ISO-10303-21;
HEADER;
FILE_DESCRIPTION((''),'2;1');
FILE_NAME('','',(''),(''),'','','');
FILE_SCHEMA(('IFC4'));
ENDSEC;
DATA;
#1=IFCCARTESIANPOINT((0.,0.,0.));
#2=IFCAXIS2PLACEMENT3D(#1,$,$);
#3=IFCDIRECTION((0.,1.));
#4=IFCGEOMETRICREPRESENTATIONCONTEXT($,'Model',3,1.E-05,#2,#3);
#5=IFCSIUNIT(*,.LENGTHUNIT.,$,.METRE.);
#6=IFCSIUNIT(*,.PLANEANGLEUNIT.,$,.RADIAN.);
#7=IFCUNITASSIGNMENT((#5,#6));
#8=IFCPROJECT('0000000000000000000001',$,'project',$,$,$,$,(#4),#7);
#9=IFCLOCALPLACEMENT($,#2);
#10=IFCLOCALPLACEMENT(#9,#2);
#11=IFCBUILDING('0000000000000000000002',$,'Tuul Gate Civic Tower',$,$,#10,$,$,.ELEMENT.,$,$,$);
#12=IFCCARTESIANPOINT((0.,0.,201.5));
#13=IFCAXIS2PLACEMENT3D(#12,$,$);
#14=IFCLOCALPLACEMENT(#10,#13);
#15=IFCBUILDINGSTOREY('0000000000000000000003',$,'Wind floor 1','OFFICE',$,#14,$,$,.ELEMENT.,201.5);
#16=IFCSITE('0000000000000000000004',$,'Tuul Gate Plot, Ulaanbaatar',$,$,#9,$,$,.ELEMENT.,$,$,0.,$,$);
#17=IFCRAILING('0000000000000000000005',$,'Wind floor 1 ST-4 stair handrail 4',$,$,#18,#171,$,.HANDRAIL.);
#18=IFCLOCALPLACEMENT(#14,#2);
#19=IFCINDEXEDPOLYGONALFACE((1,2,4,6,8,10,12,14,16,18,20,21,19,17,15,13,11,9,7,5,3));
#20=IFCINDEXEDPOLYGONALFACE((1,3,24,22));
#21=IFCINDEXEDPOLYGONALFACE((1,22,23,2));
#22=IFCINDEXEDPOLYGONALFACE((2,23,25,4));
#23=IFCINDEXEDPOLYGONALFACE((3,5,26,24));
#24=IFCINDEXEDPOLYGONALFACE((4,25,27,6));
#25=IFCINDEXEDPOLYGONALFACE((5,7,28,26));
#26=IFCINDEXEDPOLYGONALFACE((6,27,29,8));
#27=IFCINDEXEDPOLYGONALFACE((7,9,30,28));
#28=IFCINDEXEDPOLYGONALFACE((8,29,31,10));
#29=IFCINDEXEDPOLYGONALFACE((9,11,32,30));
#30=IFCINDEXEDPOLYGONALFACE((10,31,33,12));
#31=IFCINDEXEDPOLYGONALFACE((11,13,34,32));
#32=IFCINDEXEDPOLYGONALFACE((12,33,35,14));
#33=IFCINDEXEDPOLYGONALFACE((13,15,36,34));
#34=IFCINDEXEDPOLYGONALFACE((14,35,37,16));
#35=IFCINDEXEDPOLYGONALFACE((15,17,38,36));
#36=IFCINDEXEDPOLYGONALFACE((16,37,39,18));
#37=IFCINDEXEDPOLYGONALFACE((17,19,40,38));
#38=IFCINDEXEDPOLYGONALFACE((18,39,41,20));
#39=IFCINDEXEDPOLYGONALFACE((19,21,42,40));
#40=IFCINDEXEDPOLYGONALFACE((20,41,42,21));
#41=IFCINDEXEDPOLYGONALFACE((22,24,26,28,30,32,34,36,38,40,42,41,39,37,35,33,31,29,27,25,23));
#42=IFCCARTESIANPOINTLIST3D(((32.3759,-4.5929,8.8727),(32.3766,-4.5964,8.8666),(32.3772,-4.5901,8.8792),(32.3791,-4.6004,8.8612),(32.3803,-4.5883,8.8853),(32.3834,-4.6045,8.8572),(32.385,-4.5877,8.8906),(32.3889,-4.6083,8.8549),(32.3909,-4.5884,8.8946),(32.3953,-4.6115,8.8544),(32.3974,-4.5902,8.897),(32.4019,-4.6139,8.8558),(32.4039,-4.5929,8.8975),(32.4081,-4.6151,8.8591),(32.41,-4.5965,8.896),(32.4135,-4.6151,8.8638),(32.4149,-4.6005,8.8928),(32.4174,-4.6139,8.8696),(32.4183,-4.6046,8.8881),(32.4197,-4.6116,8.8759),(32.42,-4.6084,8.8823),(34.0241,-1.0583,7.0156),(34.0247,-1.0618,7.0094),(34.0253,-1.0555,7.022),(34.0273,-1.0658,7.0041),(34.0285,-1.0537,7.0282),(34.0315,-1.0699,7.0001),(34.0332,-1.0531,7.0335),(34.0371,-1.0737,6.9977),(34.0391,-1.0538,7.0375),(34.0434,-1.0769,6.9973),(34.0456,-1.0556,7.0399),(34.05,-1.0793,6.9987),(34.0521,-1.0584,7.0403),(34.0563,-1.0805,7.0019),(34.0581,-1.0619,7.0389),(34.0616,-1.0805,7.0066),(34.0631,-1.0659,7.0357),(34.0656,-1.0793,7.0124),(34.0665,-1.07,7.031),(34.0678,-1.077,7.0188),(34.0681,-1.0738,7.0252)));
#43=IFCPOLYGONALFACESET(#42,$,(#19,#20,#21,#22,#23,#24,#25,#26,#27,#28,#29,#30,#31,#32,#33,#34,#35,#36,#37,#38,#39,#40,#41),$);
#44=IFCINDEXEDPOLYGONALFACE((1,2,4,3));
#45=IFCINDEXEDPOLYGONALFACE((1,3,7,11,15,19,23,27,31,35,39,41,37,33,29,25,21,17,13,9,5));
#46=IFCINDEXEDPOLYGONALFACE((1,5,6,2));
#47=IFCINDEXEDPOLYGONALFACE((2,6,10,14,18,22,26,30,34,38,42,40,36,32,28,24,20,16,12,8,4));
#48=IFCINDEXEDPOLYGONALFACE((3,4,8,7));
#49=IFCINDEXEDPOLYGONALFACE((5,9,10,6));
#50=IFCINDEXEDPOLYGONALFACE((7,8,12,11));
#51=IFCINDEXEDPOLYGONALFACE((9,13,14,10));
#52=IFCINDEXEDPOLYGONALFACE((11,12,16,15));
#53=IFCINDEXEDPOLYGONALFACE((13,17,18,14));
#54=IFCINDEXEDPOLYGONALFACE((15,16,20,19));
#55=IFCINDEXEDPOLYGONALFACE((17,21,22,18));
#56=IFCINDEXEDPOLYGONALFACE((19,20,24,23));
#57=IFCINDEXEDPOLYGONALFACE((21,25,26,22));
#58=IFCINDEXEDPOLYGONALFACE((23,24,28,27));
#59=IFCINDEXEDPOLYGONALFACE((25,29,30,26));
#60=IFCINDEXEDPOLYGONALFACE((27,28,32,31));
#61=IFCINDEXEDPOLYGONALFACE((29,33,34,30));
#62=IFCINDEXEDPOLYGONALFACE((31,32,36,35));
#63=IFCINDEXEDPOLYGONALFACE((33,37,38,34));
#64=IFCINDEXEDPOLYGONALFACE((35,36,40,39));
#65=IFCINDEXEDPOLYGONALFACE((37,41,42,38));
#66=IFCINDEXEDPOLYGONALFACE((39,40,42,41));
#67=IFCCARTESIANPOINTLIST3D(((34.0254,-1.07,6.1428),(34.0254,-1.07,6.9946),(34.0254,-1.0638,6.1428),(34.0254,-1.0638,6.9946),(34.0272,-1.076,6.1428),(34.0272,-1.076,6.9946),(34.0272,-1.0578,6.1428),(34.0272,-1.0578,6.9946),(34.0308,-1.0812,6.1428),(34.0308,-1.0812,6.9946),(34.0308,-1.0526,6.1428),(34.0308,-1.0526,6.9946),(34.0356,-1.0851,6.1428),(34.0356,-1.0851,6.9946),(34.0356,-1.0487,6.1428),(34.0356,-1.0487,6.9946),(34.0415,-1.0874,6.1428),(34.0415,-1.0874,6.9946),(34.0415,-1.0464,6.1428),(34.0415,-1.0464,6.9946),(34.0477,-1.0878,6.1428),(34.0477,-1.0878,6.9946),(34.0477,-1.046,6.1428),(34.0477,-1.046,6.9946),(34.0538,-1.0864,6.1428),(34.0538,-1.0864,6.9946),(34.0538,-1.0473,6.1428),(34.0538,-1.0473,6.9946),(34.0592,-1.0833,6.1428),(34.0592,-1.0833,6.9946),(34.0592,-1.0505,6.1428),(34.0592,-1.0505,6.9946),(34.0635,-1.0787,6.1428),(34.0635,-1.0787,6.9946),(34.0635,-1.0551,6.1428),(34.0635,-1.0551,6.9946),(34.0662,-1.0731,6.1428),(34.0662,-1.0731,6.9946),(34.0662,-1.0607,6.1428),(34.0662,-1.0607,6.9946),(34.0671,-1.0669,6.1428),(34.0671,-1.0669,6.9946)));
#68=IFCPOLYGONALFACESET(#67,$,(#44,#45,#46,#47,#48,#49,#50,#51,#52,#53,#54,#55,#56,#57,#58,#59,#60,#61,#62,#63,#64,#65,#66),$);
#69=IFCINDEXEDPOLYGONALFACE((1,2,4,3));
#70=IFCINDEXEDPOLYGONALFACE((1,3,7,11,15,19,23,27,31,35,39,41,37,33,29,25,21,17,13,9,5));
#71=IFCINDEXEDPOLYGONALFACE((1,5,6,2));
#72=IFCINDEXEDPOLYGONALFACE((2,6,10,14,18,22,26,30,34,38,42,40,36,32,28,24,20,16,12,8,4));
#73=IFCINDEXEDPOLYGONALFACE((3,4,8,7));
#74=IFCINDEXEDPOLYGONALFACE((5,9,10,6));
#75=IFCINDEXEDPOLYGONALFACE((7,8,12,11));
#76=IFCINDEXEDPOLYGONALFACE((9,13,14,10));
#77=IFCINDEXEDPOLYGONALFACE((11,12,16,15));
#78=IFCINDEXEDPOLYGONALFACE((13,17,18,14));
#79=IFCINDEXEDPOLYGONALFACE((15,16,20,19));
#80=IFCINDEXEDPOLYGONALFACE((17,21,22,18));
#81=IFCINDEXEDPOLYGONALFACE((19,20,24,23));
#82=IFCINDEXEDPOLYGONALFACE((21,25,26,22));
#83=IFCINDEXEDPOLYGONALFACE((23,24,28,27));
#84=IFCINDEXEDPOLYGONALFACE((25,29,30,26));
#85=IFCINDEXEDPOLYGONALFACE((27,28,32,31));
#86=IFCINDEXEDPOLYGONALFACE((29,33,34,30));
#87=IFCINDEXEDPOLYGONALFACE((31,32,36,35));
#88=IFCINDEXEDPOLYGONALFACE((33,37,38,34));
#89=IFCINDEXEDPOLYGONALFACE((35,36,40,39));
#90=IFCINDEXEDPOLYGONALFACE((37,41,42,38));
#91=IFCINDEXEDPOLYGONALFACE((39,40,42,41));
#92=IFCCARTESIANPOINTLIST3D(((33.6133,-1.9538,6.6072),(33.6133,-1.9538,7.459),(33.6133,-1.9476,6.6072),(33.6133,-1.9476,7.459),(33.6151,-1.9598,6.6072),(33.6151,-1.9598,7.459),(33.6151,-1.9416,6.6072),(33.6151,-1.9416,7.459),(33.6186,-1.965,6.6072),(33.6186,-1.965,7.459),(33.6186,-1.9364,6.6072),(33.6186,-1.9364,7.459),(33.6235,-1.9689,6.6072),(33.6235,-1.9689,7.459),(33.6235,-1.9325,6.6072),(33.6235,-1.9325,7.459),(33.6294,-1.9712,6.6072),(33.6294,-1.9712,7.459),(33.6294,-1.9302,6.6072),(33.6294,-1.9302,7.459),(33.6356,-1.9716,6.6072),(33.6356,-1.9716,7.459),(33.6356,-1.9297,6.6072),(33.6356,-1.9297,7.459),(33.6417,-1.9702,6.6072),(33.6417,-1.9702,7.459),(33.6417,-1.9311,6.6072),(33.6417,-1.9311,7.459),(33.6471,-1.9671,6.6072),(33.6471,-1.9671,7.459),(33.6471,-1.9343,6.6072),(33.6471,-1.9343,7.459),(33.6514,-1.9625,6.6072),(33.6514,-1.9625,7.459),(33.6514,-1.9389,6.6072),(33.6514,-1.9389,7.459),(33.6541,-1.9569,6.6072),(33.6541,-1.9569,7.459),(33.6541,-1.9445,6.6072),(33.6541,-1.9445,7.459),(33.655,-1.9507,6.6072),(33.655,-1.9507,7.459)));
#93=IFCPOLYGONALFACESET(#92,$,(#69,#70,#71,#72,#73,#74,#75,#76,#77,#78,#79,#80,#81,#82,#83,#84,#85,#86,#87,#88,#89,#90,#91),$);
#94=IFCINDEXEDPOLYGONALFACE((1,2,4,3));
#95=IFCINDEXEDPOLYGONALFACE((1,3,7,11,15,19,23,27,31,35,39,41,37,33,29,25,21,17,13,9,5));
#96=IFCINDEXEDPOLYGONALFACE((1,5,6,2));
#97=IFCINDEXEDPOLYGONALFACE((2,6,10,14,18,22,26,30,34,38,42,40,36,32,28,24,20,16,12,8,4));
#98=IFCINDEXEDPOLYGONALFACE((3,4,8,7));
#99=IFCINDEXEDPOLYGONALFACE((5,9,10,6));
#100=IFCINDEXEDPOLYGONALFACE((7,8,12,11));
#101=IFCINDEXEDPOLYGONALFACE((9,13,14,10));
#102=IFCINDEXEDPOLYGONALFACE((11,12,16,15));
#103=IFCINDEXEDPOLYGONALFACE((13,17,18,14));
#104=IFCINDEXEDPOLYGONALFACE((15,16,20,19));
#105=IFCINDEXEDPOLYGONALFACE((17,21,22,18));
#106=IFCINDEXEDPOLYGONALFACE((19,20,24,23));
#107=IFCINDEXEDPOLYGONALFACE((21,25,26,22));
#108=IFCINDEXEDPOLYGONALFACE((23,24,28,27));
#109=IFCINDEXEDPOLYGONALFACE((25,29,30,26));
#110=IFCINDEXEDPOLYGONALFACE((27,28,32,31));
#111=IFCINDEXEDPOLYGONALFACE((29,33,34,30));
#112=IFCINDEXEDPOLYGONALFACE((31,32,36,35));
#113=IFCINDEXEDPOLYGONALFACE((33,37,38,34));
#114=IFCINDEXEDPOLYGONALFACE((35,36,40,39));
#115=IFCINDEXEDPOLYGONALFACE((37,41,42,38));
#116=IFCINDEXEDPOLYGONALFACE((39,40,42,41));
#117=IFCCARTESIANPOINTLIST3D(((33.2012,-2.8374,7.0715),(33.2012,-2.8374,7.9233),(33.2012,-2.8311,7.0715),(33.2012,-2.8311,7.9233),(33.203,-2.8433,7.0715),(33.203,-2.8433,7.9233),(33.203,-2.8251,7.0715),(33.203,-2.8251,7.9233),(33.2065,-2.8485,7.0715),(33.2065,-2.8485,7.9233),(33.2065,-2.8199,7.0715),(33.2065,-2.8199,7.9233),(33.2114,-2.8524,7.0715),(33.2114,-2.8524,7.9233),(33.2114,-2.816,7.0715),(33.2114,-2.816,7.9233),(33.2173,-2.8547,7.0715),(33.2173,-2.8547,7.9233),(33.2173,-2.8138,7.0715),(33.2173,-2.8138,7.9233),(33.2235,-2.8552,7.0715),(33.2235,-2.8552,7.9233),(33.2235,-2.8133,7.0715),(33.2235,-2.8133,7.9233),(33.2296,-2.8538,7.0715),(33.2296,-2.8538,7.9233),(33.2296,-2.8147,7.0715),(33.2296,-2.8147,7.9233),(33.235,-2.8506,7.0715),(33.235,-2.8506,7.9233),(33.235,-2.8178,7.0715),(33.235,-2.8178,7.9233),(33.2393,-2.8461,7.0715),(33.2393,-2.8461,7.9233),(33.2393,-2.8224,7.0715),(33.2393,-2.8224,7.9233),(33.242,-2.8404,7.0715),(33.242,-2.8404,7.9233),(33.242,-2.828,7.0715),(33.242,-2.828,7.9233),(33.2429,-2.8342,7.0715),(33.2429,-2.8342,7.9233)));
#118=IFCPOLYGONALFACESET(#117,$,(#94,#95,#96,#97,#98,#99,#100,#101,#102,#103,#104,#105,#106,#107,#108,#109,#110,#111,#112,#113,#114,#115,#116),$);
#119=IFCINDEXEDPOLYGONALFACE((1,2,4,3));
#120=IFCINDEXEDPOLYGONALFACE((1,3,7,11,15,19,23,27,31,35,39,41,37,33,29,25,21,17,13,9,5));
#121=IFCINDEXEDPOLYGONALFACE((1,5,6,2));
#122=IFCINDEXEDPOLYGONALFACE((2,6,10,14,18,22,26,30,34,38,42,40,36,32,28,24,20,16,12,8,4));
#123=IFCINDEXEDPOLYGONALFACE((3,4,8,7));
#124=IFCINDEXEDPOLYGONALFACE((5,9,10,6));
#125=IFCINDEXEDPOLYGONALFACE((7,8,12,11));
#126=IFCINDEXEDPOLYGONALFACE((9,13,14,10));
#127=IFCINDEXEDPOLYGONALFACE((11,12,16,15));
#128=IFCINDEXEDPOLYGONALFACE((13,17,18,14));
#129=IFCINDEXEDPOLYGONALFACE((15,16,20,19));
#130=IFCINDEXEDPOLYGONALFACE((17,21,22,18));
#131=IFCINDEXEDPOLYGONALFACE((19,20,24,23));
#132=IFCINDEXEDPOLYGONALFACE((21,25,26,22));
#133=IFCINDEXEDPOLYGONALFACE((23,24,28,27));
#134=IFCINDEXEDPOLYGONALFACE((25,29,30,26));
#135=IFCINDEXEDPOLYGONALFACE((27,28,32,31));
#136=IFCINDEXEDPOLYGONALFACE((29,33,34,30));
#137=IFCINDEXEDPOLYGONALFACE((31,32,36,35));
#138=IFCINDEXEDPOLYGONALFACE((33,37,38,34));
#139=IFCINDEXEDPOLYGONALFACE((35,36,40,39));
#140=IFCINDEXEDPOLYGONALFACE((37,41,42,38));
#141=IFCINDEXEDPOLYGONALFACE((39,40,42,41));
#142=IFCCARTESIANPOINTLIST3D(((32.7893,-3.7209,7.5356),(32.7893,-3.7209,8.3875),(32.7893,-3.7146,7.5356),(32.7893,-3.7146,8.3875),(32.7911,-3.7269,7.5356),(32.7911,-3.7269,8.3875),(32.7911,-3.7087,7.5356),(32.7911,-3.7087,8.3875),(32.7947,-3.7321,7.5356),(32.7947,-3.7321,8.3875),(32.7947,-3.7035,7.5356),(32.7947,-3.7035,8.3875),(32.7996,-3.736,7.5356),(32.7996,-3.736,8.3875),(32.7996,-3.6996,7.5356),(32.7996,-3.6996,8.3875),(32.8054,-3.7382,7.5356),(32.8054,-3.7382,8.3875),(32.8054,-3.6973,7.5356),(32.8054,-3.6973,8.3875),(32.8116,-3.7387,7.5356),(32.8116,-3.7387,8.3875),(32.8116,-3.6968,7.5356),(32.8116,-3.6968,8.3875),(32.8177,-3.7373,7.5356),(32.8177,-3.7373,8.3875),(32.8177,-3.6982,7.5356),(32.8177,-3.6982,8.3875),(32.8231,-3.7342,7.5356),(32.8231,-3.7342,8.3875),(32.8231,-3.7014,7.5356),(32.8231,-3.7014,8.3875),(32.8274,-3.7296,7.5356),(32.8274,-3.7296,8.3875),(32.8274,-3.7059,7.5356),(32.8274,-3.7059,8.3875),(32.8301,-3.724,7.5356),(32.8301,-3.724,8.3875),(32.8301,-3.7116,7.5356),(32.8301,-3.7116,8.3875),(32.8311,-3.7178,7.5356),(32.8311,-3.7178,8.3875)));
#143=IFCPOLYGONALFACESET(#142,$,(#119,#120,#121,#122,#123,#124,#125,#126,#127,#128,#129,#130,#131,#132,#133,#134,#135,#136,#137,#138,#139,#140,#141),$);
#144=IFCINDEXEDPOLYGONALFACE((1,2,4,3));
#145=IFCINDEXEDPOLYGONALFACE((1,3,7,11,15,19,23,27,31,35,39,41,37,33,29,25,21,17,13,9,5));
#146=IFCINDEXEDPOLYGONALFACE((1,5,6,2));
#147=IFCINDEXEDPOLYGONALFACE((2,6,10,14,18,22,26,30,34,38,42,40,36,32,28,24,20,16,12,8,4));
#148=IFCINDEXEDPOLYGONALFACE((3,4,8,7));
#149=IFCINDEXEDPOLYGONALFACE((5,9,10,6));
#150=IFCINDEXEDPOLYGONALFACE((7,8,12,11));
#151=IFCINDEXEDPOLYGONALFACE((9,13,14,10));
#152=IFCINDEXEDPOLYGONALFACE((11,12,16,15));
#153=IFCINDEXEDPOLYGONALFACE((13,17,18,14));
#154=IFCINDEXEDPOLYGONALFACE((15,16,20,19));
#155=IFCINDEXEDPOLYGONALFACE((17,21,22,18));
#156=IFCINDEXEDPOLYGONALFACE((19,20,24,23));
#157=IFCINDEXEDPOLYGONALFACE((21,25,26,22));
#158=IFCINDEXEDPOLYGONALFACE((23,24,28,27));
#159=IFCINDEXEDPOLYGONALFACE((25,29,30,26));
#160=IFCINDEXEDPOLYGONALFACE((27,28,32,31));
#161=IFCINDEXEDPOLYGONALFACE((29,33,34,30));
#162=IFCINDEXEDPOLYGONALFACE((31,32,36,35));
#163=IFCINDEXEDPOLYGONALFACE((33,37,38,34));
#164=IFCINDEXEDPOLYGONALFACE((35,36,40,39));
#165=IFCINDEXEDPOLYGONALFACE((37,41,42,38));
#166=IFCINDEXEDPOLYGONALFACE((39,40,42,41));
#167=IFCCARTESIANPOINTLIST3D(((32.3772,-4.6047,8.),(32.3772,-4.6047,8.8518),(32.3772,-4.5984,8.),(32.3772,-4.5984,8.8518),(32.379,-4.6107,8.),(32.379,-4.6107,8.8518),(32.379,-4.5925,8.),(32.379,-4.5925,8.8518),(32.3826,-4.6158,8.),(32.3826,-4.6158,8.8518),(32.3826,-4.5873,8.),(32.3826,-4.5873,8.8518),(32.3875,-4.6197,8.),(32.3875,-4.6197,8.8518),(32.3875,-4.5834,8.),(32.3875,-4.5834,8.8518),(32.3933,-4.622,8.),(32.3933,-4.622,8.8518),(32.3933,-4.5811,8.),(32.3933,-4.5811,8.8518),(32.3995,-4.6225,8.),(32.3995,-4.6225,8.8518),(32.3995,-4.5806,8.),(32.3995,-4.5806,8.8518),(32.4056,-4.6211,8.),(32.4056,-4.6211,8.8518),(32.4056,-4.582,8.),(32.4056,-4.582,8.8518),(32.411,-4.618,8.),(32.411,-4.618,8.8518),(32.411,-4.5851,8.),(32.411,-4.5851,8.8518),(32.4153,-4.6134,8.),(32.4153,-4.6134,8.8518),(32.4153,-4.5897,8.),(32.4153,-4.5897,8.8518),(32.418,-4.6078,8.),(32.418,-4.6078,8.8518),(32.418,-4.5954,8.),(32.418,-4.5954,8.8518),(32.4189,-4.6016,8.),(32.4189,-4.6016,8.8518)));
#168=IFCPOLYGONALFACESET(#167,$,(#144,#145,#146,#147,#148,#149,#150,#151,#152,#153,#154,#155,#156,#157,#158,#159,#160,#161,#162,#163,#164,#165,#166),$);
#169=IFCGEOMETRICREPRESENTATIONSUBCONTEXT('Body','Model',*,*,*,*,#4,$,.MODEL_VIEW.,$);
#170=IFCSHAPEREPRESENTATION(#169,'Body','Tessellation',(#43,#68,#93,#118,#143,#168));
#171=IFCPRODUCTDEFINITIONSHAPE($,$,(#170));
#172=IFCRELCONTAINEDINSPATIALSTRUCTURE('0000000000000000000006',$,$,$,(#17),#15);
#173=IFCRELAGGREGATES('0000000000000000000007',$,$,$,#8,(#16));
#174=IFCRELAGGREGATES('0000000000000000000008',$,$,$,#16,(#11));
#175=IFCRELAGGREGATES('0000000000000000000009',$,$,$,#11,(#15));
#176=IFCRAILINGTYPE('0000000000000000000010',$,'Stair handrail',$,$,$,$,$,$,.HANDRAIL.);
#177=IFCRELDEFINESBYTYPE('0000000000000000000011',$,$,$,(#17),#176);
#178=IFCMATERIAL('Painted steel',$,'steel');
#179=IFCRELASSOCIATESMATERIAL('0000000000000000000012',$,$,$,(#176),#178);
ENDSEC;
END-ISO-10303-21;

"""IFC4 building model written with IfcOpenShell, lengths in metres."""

from ifc_helpers import new_model, si_unit, direction, frame, origin, origin_2d, place, context, subcontext, project, spatial, circle, extrude, material, type_object, element, save


model = new_model("IFC4")

# Units and contexts
model_context = context("Model", 3, precision=1e-05, world=origin(), true_north=direction((0.0, 1.0)))
body_context = subcontext(model_context, "Body", "Model", "MODEL_VIEW")
ifc_project = project(units=[si_unit("LENGTHUNIT", "METRE"), si_unit("PLANEANGLEUNIT", "RADIAN")], contexts=[model_context])

# Site, building, storey
site_placement = place(None, origin())
site = spatial("IfcSite", under=ifc_project, at=site_placement, Name="Tuul Gate Plot, Ulaanbaatar", CompositionType="ELEMENT", RefElevation=0.0)
building_placement = place(site_placement, origin())
building = spatial("IfcBuilding", under=site, at=building_placement, Name="Tuul Gate Civic Tower", CompositionType="ELEMENT")
storey_placement = place(building_placement, frame((0.0, 0.0, 201.5)))
storey = spatial("IfcBuildingStorey", under=building, at=storey_placement, Name="Wind floor 1", Description="OFFICE", CompositionType="ELEMENT", Elevation=201.5)

# Railing
ifc_material_1 = material(Name="Painted steel", Category="steel")
railing_type_1 = type_object("IfcRailingType", Name="Stair handrail", PredefinedType="HANDRAIL", material=ifc_material_1)
railing_1_placement = place(storey_placement, frame((34.0461, -1.0669, 6.1428)))
element("IfcRailing", 1, at=railing_1_placement, inside=storey, type_object=railing_type_1, Name="Wind floor 1 ST-4 stair handrail 4", PredefinedType="HANDRAIL", context=body_context, shape_type="SweptSolid", body=[
    extrude(circle(Radius=0.0239, at=origin_2d()), frame((0.0, 0.0, 0.876), z_axis=(-0.381556, -0.818273, 0.429935), x_axis=(0.906313, -0.422608, 0.0)), (0.0, 0.0, 1.0), 4.3196),
    extrude(circle(Radius=0.021, at=origin_2d()), origin(), (0.0, 0.0, 1.0), 0.8518),
    extrude(circle(Radius=0.021, at=origin_2d()), frame((-0.4121, -0.8838, 0.4644)), (0.0, 0.0, 1.0), 0.8518),
    extrude(circle(Radius=0.021, at=origin_2d()), frame((-0.8242, -1.7673, 0.9287)), (0.0, 0.0, 1.0), 0.8518),
    extrude(circle(Radius=0.021, at=origin_2d()), frame((-1.2361, -2.6509, 1.3928)), (0.0, 0.0, 1.0), 0.8518),
    extrude(circle(Radius=0.021, at=origin_2d()), frame((-1.6482, -3.5347, 1.8572)), (0.0, 0.0, 1.0), 0.8518),
])

save(model, "model.ifc")
